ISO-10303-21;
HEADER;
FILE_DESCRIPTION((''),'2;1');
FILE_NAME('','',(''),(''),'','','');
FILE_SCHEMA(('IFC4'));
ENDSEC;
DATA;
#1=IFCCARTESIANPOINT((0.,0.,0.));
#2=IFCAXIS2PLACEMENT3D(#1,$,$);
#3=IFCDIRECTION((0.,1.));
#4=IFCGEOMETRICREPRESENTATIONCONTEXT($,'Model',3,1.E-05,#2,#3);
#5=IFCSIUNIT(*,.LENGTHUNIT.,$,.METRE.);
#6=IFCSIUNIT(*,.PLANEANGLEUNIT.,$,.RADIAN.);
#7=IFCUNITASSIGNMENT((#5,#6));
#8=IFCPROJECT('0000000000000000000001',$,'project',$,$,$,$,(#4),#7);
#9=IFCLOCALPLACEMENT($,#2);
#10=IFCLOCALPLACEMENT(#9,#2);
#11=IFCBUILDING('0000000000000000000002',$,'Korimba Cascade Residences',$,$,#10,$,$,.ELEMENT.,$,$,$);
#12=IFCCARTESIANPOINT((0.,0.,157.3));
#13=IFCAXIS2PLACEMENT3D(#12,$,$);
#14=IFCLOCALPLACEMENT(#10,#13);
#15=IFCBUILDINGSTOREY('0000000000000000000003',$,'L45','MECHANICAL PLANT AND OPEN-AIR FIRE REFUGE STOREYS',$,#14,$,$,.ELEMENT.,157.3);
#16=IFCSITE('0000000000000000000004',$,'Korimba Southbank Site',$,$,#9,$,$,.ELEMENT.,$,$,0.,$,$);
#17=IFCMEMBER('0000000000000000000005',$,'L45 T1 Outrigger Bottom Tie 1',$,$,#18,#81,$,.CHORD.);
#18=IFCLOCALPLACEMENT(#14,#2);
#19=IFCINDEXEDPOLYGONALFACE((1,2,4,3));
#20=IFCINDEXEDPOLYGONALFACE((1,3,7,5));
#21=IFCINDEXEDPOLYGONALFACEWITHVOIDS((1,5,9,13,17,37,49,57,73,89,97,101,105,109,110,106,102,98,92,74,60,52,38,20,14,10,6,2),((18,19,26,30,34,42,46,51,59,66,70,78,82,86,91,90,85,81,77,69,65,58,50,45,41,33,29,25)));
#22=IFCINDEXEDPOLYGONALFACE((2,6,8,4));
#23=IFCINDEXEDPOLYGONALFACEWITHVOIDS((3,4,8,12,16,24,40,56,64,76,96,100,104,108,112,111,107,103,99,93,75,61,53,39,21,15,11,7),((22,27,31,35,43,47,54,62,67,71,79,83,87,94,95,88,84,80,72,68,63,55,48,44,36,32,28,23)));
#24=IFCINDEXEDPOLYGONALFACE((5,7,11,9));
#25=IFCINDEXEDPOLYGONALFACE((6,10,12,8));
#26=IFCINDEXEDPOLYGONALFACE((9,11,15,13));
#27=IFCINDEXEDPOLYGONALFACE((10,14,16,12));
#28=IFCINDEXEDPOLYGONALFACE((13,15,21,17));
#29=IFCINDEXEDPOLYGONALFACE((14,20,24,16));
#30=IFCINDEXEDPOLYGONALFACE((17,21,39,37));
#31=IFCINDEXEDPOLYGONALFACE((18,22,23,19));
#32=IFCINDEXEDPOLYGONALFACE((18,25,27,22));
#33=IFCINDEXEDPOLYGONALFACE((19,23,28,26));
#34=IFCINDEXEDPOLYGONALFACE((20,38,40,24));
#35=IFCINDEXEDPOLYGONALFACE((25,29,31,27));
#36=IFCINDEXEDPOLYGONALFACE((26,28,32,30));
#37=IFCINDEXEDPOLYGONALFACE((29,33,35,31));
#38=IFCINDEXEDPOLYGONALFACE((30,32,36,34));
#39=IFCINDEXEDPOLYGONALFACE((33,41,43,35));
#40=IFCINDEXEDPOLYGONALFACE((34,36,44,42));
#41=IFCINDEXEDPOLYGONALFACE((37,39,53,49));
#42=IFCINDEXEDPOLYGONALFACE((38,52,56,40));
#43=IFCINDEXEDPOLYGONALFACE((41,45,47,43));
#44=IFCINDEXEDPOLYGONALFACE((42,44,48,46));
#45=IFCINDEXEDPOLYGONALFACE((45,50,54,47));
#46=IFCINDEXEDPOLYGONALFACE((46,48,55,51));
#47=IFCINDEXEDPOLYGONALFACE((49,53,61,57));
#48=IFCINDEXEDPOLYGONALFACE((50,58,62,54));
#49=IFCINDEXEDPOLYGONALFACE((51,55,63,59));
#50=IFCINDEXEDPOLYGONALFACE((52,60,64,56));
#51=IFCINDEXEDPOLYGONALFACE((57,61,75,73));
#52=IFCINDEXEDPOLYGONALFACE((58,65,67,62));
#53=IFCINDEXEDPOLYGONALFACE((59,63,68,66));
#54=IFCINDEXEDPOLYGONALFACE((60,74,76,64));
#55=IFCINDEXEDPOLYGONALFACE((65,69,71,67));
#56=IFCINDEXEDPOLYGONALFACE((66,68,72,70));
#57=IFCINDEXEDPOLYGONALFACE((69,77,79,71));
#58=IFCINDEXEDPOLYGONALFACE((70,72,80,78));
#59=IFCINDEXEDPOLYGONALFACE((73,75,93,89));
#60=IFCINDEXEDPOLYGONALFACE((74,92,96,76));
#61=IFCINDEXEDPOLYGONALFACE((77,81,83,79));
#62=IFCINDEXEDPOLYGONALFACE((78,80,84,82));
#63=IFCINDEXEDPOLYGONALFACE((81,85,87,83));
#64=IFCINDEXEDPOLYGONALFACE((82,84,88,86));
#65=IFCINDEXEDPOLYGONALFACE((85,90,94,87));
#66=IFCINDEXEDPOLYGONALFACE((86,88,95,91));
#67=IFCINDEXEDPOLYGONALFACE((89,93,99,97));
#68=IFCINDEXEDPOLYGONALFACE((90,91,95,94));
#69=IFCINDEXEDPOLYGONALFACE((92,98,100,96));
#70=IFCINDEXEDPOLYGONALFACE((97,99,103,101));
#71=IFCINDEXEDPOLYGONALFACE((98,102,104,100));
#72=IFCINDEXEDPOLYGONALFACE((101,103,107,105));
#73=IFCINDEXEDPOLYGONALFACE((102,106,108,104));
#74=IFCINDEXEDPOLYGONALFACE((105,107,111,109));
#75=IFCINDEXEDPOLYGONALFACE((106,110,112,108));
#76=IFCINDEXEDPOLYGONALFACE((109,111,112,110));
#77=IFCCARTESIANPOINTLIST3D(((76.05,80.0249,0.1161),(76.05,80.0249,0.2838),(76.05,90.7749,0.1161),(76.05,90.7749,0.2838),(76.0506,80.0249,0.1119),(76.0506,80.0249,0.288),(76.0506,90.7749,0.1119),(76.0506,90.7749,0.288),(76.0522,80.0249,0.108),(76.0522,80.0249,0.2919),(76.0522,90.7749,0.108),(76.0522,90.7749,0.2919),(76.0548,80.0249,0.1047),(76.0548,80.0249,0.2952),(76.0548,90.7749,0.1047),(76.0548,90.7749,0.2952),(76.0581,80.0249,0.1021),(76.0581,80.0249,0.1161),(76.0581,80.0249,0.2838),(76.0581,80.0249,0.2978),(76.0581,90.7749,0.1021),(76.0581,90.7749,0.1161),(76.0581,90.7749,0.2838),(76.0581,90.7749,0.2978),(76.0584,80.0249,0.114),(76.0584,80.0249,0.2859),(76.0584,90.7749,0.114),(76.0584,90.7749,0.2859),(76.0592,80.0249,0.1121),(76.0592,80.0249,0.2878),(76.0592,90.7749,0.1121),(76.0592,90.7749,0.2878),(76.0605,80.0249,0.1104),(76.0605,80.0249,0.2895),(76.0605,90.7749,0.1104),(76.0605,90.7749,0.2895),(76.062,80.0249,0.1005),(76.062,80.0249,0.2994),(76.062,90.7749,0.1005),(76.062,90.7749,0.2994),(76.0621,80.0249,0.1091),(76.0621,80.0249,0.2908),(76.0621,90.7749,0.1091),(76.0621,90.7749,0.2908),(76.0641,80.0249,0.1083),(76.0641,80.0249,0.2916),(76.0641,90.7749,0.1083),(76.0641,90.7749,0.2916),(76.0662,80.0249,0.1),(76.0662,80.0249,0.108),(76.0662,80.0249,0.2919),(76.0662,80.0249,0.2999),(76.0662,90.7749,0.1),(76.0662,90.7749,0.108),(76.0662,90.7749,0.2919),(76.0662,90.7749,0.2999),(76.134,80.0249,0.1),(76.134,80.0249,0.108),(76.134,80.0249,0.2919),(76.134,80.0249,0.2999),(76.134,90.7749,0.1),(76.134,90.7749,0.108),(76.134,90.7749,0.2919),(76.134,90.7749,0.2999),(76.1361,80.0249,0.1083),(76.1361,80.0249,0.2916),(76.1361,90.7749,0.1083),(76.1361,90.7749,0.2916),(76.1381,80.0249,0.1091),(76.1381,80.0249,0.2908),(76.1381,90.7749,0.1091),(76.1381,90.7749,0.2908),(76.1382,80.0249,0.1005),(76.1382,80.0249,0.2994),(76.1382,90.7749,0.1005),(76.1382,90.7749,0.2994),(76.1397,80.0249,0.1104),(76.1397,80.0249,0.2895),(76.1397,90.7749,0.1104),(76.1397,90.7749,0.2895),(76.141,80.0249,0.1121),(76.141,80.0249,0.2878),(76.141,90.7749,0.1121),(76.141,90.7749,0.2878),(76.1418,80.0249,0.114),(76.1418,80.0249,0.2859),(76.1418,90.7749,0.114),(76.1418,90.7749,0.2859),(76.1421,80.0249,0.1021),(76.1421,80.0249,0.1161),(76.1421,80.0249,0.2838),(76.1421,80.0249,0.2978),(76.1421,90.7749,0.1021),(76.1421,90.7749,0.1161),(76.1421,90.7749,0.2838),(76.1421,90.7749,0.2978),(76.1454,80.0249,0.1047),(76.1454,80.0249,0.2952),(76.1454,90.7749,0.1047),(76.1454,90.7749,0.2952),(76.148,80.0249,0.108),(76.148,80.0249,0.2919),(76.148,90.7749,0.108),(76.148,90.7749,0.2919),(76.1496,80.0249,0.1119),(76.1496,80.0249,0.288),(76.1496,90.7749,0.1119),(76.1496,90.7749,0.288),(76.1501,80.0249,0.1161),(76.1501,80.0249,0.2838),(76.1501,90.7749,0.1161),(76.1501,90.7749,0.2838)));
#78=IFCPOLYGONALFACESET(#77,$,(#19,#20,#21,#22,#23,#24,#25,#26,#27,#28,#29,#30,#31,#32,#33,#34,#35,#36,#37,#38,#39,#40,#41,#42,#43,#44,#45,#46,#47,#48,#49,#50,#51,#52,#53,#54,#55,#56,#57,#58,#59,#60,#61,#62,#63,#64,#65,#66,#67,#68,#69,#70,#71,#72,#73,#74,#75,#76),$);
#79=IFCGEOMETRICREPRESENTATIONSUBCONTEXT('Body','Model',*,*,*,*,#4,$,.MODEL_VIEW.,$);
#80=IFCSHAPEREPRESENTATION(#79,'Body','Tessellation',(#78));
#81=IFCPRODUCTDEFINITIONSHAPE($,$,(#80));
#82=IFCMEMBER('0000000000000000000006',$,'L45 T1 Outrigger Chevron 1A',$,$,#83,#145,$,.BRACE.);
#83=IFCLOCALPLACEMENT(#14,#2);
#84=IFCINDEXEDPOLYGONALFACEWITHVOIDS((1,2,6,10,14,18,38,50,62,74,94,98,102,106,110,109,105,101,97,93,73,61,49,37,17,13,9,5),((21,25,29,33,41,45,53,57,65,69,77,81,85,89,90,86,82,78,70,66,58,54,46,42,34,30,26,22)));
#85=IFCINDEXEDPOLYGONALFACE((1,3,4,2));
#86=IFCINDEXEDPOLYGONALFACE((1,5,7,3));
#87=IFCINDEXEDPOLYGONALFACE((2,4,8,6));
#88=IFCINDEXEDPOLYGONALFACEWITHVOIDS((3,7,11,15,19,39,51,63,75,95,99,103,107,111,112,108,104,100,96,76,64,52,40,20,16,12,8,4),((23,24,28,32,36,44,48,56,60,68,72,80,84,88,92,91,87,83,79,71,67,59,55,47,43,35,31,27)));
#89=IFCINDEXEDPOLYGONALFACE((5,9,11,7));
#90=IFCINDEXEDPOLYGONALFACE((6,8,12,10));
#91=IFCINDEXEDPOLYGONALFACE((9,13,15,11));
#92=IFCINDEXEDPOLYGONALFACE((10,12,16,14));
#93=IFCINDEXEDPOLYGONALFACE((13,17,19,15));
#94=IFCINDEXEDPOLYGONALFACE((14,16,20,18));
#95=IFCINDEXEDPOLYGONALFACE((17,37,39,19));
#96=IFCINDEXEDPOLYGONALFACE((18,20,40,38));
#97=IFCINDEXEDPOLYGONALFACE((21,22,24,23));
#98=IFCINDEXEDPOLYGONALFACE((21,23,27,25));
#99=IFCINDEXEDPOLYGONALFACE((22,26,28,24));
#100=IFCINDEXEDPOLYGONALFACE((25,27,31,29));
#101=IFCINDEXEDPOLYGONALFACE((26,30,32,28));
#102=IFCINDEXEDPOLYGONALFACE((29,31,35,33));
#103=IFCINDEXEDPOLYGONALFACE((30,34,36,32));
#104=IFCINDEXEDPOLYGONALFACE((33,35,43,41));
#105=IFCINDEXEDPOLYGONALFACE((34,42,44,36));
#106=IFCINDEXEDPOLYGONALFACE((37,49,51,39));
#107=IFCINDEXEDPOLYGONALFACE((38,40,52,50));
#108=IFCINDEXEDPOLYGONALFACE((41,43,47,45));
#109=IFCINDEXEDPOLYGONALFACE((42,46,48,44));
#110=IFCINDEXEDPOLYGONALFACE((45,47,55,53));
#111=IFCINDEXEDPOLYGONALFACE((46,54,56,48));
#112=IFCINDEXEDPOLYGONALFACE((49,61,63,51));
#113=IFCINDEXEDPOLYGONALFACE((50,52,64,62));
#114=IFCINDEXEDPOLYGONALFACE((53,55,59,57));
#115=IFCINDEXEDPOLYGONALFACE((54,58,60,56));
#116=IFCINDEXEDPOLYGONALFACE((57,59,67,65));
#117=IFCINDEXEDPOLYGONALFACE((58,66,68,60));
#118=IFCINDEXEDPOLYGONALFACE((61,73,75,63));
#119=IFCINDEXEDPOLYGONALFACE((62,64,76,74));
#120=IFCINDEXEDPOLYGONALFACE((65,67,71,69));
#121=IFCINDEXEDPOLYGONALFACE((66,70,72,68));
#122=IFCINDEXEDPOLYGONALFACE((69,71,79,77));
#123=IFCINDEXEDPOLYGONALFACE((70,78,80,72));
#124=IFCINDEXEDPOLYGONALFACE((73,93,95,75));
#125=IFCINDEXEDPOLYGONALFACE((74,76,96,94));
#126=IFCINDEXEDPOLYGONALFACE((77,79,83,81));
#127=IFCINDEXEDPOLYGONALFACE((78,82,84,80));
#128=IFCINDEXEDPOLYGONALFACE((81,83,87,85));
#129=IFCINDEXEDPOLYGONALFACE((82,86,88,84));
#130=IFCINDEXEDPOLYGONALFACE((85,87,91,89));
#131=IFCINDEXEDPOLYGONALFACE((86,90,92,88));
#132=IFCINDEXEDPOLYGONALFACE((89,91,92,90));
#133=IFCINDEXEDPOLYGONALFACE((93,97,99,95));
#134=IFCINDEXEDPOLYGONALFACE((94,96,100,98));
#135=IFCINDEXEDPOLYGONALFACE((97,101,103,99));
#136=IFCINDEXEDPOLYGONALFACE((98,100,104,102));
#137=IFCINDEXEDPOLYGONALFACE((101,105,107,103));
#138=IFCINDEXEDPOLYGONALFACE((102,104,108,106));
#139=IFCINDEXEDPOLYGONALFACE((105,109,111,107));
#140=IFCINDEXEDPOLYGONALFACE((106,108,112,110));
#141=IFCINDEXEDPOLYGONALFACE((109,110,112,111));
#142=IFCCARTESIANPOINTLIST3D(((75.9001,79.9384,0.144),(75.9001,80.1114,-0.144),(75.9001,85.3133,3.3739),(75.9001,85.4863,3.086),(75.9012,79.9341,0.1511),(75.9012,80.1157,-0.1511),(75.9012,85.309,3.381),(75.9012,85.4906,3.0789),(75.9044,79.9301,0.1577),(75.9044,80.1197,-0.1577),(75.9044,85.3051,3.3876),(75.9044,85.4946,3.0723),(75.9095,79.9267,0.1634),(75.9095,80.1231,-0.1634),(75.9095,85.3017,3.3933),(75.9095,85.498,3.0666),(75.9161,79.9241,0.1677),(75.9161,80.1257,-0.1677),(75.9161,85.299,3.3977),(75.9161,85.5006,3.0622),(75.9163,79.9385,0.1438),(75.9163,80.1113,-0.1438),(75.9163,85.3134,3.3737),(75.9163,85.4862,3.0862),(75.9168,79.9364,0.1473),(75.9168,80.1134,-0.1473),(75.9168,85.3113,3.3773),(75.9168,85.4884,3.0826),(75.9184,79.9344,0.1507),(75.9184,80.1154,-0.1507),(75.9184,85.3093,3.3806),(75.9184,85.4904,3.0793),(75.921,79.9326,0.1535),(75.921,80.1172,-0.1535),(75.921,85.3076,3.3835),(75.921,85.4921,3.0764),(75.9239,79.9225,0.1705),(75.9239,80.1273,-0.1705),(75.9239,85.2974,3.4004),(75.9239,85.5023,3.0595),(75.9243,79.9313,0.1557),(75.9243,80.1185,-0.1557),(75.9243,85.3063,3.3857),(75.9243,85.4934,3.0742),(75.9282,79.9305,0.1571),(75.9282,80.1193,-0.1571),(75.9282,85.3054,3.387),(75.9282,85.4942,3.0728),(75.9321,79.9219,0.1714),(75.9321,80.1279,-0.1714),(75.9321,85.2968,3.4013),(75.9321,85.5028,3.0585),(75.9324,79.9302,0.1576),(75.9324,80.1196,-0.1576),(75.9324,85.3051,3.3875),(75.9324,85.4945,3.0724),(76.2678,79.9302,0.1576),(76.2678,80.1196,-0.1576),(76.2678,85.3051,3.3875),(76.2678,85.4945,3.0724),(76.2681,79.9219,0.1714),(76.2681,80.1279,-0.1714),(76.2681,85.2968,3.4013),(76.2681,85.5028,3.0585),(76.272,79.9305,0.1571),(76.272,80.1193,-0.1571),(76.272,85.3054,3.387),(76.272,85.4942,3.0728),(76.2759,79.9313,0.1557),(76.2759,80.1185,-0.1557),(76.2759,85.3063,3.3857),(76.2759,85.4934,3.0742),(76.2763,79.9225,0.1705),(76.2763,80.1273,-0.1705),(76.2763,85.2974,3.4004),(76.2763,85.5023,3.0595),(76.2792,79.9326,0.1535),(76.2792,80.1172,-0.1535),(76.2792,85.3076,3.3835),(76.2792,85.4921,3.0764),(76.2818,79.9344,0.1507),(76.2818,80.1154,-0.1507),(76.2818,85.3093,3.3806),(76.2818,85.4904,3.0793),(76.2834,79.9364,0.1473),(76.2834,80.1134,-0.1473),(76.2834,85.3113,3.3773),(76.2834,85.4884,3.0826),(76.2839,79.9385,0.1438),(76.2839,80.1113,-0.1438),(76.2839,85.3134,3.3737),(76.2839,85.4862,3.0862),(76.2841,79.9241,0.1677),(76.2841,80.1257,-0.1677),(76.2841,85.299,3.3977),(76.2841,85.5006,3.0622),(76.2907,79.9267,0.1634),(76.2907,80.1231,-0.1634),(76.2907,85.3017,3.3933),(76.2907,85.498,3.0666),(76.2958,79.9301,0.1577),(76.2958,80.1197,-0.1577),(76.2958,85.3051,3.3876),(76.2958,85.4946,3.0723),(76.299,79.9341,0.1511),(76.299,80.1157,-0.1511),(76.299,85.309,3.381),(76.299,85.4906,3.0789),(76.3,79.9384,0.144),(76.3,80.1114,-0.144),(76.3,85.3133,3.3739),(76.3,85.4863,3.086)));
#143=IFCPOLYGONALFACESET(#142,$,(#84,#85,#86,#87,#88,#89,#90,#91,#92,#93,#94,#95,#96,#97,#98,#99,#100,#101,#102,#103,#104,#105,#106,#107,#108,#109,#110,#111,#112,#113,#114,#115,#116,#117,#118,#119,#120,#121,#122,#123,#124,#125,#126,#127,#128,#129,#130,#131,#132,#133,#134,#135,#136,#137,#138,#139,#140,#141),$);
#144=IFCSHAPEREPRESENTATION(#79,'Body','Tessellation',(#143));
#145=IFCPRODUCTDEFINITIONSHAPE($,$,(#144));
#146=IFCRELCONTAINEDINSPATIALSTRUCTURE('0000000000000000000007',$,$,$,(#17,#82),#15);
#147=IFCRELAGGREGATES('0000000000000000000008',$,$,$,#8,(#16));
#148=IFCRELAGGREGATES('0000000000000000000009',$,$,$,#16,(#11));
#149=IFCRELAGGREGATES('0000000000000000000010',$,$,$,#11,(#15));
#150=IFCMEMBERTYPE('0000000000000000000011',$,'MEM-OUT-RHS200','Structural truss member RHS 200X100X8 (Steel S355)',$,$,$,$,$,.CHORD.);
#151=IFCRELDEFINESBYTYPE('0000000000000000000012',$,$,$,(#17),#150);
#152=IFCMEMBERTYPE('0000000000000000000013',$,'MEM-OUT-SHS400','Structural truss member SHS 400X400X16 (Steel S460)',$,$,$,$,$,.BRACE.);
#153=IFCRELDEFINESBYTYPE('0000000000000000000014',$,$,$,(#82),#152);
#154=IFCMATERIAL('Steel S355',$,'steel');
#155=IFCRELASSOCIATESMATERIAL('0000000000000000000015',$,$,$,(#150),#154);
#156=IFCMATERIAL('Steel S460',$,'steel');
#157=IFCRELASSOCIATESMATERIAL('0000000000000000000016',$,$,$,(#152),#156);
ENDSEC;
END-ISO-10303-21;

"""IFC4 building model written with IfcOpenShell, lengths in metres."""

from ifc_helpers import new_model, si_unit, direction, frame, origin, origin_2d, place, context, subcontext, project, spatial, hollow_rectangle, extrude, material, material_profile, profile_set, type_object, element, save


model = new_model("IFC4")

# Units and contexts
model_context = context("Model", 3, precision=1e-05, world=origin(), true_north=direction((0.0, 1.0)))
body_context = subcontext(model_context, "Body", "Model", "MODEL_VIEW")
ifc_project = project(units=[si_unit("LENGTHUNIT", "METRE"), si_unit("PLANEANGLEUNIT", "RADIAN")], contexts=[model_context])

# Site, building, storey
site_placement = place(None, origin())
site = spatial("IfcSite", under=ifc_project, at=site_placement, Name="Korimba Southbank Site", CompositionType="ELEMENT", RefElevation=0.0)
building_placement = place(site_placement, origin())
building = spatial("IfcBuilding", under=site, at=building_placement, Name="Korimba Cascade Residences", CompositionType="ELEMENT")
storey_placement = place(building_placement, frame((0.0, 0.0, 157.3)))
storey = spatial("IfcBuildingStorey", under=building, at=storey_placement, Name="L45", Description="MECHANICAL PLANT AND OPEN-AIR FIRE REFUGE STOREYS", CompositionType="ELEMENT", Elevation=157.3)

# Shared definitions
ifc_material_1 = material(Name="Steel S355", Category="steel")

# Members
ifc_material_2 = material(Name="Steel S460", Category="steel")
ifc_material_profile_1 = material_profile(ifc_material_1, hollow_rectangle(XDim=0.1001, YDim=0.2, WallThickness=0.0081, InnerFilletRadius=0.0081, OuterFilletRadius=0.0161, at=origin_2d()), Name="Steel S355")
ifc_profile_set_1 = profile_set([ifc_material_profile_1], Name="Steel S355")
member_type_1 = type_object("IfcMemberType", Name="MEM-OUT-RHS200", Description="Structural truss member RHS 200X100X8 (Steel S355)", PredefinedType="CHORD", material=ifc_profile_set_1)
member_placement = place(storey_placement, frame((76.1001, 80.0249, 0.2), z_axis=(0.0, 1.0, 0.0), x_axis=(-1.0, 0.0, 0.0)))
element("IfcMember", 1, at=member_placement, inside=storey, type_object=member_type_1, Name="L45 T1 Outrigger Bottom Tie 1", PredefinedType="CHORD", context=body_context, shape_type="SweptSolid", body=[
    extrude(hollow_rectangle(XDim=0.1001, YDim=0.2, WallThickness=0.0081, InnerFilletRadius=0.0081, OuterFilletRadius=0.0161, at=origin_2d()), origin(), (0.0, 0.0, 1.0), 10.75),
])
ifc_material_profile_2 = material_profile(ifc_material_2, hollow_rectangle(XDim=0.3999, YDim=0.3999, WallThickness=0.0161, InnerFilletRadius=0.0161, OuterFilletRadius=0.032, at=origin_2d()), Name="Steel S460")
ifc_profile_set_2 = profile_set([ifc_material_profile_2], Name="Steel S460")
member_type_2 = type_object("IfcMemberType", Name="MEM-OUT-SHS400", Description="Structural truss member SHS 400X400X16 (Steel S460)", PredefinedType="BRACE", material=ifc_profile_set_2)
for number, where, z_axis, x_axis, name in (
    (2, (76.1001, 80.0249, 0.0), (0.0, 0.857142, 0.51508), (-1.0, 0.0, 0.0), "L45 T1 Outrigger Chevron 1A"),
):
    element("IfcMember", number, at=place(storey_placement, frame(where, z_axis=z_axis, x_axis=x_axis)), inside=storey, type_object=member_type_2, Name=name, PredefinedType="BRACE", context=body_context, shape_type="SweptSolid", body=[
        extrude(hollow_rectangle(XDim=0.3999, YDim=0.3999, WallThickness=0.0161, InnerFilletRadius=0.0161, OuterFilletRadius=0.032, at=origin_2d()), origin(), (0.0, 0.0, 1.0), 6.2708),
    ])

save(model, "model.ifc")
